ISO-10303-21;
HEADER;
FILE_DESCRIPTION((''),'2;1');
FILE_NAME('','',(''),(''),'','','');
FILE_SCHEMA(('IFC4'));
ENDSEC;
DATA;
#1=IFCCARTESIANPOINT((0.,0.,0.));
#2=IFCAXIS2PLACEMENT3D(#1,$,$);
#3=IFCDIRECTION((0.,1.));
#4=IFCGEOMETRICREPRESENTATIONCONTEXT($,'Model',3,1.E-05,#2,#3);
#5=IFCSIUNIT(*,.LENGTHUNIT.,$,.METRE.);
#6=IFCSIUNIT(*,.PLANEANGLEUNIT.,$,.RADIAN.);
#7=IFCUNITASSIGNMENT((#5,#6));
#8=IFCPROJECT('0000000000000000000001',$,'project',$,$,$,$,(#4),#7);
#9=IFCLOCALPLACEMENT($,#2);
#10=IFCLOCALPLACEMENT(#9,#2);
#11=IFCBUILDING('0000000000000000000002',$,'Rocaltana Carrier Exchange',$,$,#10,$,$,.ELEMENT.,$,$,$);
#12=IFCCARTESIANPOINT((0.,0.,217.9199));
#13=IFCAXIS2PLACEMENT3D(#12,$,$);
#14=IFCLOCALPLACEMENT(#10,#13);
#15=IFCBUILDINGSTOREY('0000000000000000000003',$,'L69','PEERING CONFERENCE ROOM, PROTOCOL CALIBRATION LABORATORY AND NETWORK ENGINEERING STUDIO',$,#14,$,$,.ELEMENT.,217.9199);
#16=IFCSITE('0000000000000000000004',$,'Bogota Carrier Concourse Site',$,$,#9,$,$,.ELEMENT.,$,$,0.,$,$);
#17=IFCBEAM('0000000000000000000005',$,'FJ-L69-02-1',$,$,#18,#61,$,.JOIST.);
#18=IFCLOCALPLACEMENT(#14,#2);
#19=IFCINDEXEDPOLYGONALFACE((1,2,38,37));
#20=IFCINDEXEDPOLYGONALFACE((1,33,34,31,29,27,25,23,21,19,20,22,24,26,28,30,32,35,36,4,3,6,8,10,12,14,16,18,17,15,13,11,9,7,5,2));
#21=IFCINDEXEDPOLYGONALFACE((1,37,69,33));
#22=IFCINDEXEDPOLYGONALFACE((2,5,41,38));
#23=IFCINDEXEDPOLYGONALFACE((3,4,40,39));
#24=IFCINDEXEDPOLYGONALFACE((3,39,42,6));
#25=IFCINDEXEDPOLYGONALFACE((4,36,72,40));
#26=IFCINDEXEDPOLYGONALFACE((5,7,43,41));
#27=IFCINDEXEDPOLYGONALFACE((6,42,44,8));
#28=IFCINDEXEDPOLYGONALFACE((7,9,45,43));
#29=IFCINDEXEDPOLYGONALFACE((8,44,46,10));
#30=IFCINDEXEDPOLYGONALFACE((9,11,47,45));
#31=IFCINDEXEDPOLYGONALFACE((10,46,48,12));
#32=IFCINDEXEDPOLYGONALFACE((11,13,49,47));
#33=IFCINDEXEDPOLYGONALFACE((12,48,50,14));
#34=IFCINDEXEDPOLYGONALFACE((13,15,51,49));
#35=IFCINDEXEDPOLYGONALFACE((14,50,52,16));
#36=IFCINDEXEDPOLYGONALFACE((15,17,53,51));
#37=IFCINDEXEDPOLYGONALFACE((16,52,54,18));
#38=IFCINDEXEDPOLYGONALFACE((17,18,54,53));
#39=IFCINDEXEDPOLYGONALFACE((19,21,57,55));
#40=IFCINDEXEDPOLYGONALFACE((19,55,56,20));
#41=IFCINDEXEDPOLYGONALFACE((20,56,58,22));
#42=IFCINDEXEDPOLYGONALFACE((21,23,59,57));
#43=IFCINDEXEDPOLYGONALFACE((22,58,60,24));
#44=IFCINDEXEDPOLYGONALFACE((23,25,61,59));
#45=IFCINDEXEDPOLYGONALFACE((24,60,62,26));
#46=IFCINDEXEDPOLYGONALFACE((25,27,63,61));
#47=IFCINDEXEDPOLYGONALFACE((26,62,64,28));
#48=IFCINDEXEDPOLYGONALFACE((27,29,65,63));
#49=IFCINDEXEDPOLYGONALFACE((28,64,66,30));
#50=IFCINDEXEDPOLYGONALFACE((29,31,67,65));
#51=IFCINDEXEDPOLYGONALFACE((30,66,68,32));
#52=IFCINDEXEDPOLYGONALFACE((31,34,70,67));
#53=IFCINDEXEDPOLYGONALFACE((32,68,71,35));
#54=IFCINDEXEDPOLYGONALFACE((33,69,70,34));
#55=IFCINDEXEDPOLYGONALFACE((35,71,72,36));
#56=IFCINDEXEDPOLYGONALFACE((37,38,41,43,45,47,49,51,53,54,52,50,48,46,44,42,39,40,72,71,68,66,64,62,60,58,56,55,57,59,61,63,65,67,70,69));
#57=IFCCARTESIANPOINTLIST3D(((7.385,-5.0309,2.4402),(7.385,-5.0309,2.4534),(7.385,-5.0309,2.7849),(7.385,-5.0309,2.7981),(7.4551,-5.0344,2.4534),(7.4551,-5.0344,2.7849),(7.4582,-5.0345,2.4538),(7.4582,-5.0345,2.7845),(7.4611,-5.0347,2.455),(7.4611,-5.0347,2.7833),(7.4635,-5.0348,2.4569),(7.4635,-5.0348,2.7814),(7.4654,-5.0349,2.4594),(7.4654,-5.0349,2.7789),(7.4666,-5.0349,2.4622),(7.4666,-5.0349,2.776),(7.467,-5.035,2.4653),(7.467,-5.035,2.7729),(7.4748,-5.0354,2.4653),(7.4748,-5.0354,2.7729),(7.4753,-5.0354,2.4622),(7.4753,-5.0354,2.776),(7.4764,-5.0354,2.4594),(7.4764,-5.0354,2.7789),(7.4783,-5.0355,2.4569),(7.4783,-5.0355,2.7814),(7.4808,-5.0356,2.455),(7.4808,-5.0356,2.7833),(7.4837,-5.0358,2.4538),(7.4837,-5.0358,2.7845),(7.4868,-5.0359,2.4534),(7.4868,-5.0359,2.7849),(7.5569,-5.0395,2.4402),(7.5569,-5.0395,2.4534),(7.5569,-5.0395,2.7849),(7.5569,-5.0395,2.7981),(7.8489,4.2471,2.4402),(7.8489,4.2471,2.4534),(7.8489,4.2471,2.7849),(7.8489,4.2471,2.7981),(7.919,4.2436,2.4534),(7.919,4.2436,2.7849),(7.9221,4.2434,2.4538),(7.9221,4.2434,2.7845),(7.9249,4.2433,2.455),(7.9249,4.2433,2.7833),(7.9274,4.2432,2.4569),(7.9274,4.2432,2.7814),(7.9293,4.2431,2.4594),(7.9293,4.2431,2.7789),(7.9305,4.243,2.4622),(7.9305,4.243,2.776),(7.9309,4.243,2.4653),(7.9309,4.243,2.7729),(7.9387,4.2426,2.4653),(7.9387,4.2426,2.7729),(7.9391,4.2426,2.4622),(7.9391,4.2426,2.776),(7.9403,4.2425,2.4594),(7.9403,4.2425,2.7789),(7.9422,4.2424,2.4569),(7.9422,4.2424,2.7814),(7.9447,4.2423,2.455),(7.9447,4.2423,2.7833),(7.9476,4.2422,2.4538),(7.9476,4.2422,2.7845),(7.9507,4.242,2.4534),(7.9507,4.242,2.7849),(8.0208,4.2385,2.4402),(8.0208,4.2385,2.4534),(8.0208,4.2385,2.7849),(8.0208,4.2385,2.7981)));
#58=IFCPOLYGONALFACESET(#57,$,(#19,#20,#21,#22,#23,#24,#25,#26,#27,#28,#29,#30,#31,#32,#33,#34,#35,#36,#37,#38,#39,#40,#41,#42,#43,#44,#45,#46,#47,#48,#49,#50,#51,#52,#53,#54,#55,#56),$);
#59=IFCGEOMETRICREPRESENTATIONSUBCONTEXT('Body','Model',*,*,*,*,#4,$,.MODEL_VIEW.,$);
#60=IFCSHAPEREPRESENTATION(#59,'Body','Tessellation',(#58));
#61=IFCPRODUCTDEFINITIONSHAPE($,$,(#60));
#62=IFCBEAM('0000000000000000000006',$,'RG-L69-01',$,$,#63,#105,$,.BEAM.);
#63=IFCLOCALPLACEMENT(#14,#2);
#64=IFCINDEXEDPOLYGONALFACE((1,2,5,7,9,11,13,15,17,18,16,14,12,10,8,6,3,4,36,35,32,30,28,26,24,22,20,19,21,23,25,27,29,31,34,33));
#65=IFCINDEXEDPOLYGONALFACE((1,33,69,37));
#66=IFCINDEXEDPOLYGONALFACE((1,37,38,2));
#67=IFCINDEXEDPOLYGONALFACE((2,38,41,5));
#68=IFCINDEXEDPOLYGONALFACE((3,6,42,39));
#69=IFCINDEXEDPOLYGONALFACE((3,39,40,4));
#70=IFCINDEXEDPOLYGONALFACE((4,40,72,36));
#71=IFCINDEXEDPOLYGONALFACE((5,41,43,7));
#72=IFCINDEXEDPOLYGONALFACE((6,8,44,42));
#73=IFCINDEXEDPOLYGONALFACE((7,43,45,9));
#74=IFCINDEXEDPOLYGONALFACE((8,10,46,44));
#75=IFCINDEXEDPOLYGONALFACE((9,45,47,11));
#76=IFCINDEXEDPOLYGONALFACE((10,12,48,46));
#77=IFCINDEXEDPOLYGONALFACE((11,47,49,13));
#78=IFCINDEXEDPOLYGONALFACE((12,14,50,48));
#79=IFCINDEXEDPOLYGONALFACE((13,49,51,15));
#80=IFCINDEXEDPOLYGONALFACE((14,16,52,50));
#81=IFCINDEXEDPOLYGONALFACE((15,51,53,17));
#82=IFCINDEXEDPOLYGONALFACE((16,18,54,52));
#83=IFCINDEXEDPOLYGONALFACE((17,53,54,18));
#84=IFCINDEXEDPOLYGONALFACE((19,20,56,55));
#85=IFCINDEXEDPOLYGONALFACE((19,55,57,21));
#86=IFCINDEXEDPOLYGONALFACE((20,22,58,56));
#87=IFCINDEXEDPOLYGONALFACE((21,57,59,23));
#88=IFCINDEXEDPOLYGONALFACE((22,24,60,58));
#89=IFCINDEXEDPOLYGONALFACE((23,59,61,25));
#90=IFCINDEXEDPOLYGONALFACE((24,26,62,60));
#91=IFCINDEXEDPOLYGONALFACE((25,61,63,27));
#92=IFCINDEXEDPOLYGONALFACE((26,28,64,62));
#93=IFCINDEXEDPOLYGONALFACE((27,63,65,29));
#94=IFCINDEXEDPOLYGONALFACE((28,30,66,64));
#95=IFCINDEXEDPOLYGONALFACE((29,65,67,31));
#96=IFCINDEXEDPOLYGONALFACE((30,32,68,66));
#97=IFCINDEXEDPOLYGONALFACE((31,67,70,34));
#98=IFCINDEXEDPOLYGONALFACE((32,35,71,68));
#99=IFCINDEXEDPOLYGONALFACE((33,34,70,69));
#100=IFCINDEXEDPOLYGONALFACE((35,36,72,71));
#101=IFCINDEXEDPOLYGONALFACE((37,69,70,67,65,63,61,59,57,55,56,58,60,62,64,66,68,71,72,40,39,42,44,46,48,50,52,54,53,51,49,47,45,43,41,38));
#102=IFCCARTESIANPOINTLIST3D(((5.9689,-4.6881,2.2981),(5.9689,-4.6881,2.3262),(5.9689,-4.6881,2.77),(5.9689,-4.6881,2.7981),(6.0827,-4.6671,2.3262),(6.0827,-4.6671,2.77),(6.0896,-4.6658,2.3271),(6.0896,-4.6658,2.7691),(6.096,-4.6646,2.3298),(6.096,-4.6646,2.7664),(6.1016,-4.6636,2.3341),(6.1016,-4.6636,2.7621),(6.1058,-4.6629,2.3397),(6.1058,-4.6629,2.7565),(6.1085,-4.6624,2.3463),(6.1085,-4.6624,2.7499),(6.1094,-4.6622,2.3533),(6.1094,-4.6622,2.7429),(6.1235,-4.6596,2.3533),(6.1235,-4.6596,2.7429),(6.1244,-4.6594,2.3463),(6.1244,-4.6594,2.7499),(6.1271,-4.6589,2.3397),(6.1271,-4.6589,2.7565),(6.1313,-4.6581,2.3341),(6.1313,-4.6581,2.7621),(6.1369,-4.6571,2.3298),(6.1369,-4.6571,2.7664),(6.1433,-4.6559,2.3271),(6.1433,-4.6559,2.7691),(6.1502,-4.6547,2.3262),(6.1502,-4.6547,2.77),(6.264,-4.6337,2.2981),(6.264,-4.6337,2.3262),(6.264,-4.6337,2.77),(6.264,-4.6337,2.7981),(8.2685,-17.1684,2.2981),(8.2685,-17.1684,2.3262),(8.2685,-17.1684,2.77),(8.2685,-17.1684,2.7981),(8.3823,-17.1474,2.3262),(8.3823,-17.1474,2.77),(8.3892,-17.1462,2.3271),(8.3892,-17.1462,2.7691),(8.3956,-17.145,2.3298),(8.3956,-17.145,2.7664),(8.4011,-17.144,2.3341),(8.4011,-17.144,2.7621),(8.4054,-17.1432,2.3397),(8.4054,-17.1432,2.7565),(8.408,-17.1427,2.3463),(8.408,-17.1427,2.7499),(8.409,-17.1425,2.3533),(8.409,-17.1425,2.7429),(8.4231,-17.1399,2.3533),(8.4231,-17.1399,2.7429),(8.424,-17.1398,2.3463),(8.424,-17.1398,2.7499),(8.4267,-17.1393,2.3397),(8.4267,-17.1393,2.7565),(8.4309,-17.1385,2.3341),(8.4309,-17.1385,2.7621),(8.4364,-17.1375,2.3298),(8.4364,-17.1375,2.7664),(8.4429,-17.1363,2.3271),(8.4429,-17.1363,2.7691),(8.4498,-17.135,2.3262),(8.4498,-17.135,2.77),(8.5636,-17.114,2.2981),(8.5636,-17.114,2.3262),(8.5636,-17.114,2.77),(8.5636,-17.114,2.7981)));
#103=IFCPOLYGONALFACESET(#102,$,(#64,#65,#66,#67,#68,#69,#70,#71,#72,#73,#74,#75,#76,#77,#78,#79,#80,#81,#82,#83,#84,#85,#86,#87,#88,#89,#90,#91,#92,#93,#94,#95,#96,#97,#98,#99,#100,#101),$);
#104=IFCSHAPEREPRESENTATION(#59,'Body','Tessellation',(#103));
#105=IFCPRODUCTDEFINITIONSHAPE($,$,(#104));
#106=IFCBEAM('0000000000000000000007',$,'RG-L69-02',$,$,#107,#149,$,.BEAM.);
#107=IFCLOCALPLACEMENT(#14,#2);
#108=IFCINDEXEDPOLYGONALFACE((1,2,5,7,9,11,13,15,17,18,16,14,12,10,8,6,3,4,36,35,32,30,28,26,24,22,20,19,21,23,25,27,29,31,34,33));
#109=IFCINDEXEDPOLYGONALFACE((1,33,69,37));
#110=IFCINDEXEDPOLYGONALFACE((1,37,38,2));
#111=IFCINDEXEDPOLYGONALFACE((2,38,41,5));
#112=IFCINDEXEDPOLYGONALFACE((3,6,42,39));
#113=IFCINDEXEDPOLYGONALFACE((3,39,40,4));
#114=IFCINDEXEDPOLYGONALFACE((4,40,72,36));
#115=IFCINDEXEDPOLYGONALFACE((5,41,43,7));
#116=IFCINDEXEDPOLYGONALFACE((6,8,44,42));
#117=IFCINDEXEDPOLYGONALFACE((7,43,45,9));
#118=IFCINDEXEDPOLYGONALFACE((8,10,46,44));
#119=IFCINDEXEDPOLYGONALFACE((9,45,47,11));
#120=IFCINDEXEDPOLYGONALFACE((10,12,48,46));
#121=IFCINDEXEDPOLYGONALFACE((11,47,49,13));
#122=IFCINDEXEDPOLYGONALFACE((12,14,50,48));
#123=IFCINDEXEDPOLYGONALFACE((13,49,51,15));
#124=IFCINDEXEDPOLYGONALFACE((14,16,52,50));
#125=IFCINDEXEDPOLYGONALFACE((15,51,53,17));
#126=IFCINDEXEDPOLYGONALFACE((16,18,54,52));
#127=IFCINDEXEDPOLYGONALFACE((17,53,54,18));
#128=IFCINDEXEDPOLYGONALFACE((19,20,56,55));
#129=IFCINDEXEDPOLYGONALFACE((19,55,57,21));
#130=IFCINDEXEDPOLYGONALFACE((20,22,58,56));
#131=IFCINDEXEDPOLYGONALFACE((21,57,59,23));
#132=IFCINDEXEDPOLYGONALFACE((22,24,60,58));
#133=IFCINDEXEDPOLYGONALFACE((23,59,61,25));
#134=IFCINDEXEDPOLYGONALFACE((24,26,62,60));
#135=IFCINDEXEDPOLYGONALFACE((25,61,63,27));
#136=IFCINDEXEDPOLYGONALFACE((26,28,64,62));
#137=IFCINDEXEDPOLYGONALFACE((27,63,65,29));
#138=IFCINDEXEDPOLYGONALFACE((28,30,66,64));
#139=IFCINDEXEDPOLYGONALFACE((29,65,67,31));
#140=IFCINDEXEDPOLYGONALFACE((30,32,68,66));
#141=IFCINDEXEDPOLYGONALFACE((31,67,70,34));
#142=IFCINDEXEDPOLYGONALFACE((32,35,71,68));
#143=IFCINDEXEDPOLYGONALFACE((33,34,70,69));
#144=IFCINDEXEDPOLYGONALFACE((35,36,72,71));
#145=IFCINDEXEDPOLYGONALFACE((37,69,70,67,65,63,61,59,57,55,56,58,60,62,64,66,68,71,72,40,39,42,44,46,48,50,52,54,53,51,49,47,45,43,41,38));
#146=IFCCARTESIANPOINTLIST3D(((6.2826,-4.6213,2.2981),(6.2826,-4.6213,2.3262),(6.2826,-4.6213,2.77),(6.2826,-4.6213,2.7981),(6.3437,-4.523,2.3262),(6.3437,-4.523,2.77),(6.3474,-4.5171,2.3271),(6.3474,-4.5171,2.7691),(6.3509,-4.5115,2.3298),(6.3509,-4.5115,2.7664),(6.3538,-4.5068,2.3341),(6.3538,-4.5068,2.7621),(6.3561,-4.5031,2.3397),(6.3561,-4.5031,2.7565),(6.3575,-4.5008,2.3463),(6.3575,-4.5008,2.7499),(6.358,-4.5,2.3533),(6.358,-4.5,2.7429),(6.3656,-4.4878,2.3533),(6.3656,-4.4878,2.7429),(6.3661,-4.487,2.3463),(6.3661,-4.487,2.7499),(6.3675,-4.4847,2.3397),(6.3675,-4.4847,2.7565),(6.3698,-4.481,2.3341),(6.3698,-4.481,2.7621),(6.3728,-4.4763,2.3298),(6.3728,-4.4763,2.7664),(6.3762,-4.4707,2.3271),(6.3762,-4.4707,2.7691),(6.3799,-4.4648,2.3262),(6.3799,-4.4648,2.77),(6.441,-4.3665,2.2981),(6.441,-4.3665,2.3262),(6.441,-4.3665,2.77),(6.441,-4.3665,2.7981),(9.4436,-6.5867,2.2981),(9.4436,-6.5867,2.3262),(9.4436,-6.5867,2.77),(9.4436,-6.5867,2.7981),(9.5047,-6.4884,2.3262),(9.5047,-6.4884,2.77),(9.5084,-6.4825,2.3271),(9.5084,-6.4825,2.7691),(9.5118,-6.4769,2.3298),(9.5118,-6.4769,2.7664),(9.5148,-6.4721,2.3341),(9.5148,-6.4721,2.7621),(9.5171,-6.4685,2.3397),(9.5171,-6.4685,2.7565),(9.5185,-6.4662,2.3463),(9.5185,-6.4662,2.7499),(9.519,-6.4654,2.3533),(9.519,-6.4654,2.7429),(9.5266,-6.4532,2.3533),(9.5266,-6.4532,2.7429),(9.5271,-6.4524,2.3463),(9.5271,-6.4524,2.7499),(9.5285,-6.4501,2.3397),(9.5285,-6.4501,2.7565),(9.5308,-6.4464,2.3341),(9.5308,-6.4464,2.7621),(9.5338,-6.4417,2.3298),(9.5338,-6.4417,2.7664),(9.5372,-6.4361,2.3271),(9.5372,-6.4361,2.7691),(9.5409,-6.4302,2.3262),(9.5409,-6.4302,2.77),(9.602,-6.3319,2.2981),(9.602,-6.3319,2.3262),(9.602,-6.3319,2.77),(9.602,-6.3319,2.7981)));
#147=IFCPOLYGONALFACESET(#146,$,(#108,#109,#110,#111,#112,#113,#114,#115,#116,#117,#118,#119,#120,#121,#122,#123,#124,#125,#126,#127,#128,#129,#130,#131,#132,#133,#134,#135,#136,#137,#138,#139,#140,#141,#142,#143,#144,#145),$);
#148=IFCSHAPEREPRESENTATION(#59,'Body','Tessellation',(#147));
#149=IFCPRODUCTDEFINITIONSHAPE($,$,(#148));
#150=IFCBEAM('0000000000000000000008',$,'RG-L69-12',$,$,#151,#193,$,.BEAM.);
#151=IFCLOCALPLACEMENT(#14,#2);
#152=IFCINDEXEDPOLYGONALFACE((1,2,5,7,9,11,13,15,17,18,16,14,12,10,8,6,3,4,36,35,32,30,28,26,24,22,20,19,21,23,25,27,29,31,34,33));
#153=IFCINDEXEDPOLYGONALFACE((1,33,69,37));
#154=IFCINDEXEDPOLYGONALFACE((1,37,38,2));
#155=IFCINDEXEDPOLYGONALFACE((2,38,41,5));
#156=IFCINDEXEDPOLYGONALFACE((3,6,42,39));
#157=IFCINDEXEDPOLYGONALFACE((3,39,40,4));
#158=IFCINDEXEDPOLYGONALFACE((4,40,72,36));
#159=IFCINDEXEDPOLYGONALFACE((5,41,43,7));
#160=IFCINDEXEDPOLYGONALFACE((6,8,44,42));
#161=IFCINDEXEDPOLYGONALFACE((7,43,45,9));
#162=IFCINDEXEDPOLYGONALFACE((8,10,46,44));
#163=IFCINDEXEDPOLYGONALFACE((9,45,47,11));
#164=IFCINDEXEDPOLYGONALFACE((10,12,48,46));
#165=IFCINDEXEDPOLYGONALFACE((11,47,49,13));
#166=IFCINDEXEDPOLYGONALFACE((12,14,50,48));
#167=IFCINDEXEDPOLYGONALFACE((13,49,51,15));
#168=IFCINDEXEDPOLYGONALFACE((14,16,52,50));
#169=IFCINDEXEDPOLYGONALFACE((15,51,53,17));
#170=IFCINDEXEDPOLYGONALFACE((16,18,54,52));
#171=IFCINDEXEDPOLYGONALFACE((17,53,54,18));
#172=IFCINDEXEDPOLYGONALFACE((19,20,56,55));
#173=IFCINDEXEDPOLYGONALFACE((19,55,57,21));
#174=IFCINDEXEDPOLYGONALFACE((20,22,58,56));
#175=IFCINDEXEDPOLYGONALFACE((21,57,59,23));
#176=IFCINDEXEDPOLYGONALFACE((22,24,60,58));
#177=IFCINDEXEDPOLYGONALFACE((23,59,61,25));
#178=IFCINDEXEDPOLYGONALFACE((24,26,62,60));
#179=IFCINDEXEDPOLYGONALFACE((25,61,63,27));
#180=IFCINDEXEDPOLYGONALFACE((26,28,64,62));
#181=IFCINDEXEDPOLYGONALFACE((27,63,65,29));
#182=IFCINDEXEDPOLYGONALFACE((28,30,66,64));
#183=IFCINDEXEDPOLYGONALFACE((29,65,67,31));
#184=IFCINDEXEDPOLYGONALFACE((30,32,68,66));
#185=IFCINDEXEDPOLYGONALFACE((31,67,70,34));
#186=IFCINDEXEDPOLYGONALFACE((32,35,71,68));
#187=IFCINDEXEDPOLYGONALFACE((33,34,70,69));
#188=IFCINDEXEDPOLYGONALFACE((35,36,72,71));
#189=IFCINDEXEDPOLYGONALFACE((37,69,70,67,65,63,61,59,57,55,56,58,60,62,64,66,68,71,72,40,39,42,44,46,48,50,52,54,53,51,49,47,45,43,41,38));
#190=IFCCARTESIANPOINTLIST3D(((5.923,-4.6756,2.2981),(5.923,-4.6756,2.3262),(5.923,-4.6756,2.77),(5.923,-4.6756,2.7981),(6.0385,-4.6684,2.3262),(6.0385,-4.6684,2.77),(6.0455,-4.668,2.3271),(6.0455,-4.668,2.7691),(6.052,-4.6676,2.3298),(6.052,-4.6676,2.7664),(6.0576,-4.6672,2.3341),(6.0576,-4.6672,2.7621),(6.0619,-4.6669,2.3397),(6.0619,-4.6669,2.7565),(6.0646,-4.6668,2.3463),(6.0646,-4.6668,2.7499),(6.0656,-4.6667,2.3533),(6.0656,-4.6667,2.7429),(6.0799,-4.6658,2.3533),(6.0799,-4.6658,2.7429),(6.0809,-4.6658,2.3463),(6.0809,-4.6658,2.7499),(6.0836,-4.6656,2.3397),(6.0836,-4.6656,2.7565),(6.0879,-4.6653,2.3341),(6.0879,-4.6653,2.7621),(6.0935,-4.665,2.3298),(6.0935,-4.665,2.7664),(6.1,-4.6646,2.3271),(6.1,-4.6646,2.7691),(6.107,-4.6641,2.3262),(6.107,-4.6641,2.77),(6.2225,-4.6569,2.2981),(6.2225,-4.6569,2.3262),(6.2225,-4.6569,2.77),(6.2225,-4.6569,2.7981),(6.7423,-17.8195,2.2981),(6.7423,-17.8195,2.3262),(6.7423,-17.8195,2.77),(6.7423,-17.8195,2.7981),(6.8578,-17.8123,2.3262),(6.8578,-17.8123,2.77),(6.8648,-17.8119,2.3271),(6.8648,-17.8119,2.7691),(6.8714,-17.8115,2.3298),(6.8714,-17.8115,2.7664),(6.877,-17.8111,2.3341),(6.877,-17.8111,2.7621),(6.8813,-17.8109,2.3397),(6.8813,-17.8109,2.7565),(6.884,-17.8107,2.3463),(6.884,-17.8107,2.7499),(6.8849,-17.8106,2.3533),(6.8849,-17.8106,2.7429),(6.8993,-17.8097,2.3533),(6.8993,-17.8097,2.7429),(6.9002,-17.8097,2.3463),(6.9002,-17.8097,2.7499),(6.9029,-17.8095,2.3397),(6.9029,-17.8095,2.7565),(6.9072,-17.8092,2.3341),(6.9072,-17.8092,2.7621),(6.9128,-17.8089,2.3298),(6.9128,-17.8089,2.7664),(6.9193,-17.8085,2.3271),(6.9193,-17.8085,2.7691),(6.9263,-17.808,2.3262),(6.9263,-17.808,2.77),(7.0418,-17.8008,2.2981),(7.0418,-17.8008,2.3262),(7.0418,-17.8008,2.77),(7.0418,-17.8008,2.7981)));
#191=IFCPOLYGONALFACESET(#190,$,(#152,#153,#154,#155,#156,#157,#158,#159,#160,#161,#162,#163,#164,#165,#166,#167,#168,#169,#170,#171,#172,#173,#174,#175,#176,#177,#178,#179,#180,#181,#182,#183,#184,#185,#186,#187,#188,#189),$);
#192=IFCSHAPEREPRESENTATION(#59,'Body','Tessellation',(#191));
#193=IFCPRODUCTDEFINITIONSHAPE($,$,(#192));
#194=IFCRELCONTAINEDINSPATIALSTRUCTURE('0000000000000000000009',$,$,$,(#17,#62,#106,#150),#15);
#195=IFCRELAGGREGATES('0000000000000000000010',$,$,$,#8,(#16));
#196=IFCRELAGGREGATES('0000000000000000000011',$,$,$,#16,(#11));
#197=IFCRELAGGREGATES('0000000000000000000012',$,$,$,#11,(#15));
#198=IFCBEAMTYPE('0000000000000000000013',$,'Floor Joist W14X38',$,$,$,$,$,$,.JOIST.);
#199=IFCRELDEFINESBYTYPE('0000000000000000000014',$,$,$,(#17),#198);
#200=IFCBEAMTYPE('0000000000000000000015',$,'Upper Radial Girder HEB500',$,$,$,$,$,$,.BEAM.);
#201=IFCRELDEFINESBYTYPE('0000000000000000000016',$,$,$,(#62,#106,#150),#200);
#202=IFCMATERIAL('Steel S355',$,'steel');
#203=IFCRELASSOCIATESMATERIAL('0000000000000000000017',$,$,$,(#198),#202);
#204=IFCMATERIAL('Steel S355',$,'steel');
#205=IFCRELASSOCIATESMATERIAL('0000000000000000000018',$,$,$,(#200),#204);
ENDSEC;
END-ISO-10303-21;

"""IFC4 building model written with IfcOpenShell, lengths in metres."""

from ifc_helpers import new_model, si_unit, direction, frame, origin, origin_2d, place, context, subcontext, project, spatial, i_section, extrude, material, material_profile, profile_set, type_object, element, save


model = new_model("IFC4")

# Units and contexts
model_context = context("Model", 3, precision=1e-05, world=origin(), true_north=direction((0.0, 1.0)))
body_context = subcontext(model_context, "Body", "Model", "MODEL_VIEW")
ifc_project = project(units=[si_unit("LENGTHUNIT", "METRE"), si_unit("PLANEANGLEUNIT", "RADIAN")], contexts=[model_context])

# Site, building, storey
site_placement = place(None, origin())
site = spatial("IfcSite", under=ifc_project, at=site_placement, Name="Bogota Carrier Concourse Site", CompositionType="ELEMENT", RefElevation=0.0)
building_placement = place(site_placement, origin())
building = spatial("IfcBuilding", under=site, at=building_placement, Name="Rocaltana Carrier Exchange", CompositionType="ELEMENT")
storey_placement = place(building_placement, frame((0.0, 0.0, 217.9199)))
storey = spatial("IfcBuildingStorey", under=building, at=storey_placement, Name="L69", Description="PEERING CONFERENCE ROOM, PROTOCOL CALIBRATION LABORATORY AND NETWORK ENGINEERING STUDIO", CompositionType="ELEMENT", Elevation=217.9199)

# Beams
ifc_material_1 = material(Name="Steel S355", Category="steel")
ifc_material_profile_1 = material_profile(ifc_material_1, i_section(OverallWidth=0.1721, OverallDepth=0.3579, WebThickness=0.0078, FlangeThickness=0.0132, FilletRadius=0.012, at=origin_2d()), Name="W14X38")
ifc_profile_set_1 = profile_set([ifc_material_profile_1], Name="Steel S355")
beam_type_1 = type_object("IfcBeamType", Name="Floor Joist W14X38", PredefinedType="JOIST", material=ifc_profile_set_1)
beam_1_placement = place(storey_placement, frame((7.4709, -5.0352, 2.6191), z_axis=(0.049934, 0.998753, 0.0), x_axis=(-0.998753, 0.049934, 0.0)))
element("IfcBeam", 1, at=beam_1_placement, inside=storey, type_object=beam_type_1, Name="FJ-L69-02-1", PredefinedType="JOIST", context=body_context, shape_type="SweptSolid", body=[
    extrude(i_section(OverallWidth=0.1721, OverallDepth=0.3579, WebThickness=0.0078, FlangeThickness=0.0132, FilletRadius=0.012, at=origin_2d()), origin(), (0.0, 0.0, 1.0), 9.2896),
])
ifc_material_2 = material(Name="Steel S355", Category="steel")
ifc_material_profile_2 = material_profile(ifc_material_2, i_section(OverallWidth=0.3, OverallDepth=0.5, WebThickness=0.0144, FlangeThickness=0.0281, FilletRadius=0.0271, at=origin_2d()), Name="HEB500")
ifc_profile_set_2 = profile_set([ifc_material_profile_2], Name="Steel S355")
beam_type_2 = type_object("IfcBeamType", Name="Upper Radial Girder HEB500", PredefinedType="BEAM", material=ifc_profile_set_2)
beam_2_placement = place(storey_placement, frame((6.1165, -4.6609, 2.5481), z_axis=(0.181206, -0.983445, 0.0), x_axis=(0.983445, 0.181206, 0.0)))
element("IfcBeam", 2, at=beam_2_placement, inside=storey, type_object=beam_type_2, Name="RG-L69-01", PredefinedType="BEAM", context=body_context, shape_type="SweptSolid", body=[
    extrude(i_section(OverallWidth=0.3, OverallDepth=0.5, WebThickness=0.0144, FlangeThickness=0.0281, FilletRadius=0.0271, at=origin_2d()), origin(), (0.0, 0.0, 1.0), 12.6904),
])
beam_3_placement = place(storey_placement, frame((6.3618, -4.4939, 2.5481), z_axis=(0.84923, -0.528022, 0.0), x_axis=(0.528022, 0.84923, 0.0)))
element("IfcBeam", 3, at=beam_3_placement, inside=storey, type_object=beam_type_2, Name="RG-L69-02", PredefinedType="BEAM", context=body_context, shape_type="SweptSolid", body=[
    extrude(i_section(OverallWidth=0.3, OverallDepth=0.5, WebThickness=0.0144, FlangeThickness=0.0281, FilletRadius=0.0271, at=origin_2d()), origin(), (0.0, 0.0, 1.0), 3.7222),
])
beam_4_placement = place(storey_placement, frame((6.0728, -4.6663, 2.5481), z_axis=(0.062214, -0.998063, 0.0), x_axis=(0.998063, 0.062214, 0.0)))
element("IfcBeam", 4, at=beam_4_placement, inside=storey, type_object=beam_type_2, Name="RG-L69-12", PredefinedType="BEAM", context=body_context, shape_type="SweptSolid", body=[
    extrude(i_section(OverallWidth=0.3, OverallDepth=0.5, WebThickness=0.0144, FlangeThickness=0.0281, FilletRadius=0.0271, at=origin_2d()), origin(), (0.0, 0.0, 1.0), 13.1694),
])

save(model, "model.ifc")
